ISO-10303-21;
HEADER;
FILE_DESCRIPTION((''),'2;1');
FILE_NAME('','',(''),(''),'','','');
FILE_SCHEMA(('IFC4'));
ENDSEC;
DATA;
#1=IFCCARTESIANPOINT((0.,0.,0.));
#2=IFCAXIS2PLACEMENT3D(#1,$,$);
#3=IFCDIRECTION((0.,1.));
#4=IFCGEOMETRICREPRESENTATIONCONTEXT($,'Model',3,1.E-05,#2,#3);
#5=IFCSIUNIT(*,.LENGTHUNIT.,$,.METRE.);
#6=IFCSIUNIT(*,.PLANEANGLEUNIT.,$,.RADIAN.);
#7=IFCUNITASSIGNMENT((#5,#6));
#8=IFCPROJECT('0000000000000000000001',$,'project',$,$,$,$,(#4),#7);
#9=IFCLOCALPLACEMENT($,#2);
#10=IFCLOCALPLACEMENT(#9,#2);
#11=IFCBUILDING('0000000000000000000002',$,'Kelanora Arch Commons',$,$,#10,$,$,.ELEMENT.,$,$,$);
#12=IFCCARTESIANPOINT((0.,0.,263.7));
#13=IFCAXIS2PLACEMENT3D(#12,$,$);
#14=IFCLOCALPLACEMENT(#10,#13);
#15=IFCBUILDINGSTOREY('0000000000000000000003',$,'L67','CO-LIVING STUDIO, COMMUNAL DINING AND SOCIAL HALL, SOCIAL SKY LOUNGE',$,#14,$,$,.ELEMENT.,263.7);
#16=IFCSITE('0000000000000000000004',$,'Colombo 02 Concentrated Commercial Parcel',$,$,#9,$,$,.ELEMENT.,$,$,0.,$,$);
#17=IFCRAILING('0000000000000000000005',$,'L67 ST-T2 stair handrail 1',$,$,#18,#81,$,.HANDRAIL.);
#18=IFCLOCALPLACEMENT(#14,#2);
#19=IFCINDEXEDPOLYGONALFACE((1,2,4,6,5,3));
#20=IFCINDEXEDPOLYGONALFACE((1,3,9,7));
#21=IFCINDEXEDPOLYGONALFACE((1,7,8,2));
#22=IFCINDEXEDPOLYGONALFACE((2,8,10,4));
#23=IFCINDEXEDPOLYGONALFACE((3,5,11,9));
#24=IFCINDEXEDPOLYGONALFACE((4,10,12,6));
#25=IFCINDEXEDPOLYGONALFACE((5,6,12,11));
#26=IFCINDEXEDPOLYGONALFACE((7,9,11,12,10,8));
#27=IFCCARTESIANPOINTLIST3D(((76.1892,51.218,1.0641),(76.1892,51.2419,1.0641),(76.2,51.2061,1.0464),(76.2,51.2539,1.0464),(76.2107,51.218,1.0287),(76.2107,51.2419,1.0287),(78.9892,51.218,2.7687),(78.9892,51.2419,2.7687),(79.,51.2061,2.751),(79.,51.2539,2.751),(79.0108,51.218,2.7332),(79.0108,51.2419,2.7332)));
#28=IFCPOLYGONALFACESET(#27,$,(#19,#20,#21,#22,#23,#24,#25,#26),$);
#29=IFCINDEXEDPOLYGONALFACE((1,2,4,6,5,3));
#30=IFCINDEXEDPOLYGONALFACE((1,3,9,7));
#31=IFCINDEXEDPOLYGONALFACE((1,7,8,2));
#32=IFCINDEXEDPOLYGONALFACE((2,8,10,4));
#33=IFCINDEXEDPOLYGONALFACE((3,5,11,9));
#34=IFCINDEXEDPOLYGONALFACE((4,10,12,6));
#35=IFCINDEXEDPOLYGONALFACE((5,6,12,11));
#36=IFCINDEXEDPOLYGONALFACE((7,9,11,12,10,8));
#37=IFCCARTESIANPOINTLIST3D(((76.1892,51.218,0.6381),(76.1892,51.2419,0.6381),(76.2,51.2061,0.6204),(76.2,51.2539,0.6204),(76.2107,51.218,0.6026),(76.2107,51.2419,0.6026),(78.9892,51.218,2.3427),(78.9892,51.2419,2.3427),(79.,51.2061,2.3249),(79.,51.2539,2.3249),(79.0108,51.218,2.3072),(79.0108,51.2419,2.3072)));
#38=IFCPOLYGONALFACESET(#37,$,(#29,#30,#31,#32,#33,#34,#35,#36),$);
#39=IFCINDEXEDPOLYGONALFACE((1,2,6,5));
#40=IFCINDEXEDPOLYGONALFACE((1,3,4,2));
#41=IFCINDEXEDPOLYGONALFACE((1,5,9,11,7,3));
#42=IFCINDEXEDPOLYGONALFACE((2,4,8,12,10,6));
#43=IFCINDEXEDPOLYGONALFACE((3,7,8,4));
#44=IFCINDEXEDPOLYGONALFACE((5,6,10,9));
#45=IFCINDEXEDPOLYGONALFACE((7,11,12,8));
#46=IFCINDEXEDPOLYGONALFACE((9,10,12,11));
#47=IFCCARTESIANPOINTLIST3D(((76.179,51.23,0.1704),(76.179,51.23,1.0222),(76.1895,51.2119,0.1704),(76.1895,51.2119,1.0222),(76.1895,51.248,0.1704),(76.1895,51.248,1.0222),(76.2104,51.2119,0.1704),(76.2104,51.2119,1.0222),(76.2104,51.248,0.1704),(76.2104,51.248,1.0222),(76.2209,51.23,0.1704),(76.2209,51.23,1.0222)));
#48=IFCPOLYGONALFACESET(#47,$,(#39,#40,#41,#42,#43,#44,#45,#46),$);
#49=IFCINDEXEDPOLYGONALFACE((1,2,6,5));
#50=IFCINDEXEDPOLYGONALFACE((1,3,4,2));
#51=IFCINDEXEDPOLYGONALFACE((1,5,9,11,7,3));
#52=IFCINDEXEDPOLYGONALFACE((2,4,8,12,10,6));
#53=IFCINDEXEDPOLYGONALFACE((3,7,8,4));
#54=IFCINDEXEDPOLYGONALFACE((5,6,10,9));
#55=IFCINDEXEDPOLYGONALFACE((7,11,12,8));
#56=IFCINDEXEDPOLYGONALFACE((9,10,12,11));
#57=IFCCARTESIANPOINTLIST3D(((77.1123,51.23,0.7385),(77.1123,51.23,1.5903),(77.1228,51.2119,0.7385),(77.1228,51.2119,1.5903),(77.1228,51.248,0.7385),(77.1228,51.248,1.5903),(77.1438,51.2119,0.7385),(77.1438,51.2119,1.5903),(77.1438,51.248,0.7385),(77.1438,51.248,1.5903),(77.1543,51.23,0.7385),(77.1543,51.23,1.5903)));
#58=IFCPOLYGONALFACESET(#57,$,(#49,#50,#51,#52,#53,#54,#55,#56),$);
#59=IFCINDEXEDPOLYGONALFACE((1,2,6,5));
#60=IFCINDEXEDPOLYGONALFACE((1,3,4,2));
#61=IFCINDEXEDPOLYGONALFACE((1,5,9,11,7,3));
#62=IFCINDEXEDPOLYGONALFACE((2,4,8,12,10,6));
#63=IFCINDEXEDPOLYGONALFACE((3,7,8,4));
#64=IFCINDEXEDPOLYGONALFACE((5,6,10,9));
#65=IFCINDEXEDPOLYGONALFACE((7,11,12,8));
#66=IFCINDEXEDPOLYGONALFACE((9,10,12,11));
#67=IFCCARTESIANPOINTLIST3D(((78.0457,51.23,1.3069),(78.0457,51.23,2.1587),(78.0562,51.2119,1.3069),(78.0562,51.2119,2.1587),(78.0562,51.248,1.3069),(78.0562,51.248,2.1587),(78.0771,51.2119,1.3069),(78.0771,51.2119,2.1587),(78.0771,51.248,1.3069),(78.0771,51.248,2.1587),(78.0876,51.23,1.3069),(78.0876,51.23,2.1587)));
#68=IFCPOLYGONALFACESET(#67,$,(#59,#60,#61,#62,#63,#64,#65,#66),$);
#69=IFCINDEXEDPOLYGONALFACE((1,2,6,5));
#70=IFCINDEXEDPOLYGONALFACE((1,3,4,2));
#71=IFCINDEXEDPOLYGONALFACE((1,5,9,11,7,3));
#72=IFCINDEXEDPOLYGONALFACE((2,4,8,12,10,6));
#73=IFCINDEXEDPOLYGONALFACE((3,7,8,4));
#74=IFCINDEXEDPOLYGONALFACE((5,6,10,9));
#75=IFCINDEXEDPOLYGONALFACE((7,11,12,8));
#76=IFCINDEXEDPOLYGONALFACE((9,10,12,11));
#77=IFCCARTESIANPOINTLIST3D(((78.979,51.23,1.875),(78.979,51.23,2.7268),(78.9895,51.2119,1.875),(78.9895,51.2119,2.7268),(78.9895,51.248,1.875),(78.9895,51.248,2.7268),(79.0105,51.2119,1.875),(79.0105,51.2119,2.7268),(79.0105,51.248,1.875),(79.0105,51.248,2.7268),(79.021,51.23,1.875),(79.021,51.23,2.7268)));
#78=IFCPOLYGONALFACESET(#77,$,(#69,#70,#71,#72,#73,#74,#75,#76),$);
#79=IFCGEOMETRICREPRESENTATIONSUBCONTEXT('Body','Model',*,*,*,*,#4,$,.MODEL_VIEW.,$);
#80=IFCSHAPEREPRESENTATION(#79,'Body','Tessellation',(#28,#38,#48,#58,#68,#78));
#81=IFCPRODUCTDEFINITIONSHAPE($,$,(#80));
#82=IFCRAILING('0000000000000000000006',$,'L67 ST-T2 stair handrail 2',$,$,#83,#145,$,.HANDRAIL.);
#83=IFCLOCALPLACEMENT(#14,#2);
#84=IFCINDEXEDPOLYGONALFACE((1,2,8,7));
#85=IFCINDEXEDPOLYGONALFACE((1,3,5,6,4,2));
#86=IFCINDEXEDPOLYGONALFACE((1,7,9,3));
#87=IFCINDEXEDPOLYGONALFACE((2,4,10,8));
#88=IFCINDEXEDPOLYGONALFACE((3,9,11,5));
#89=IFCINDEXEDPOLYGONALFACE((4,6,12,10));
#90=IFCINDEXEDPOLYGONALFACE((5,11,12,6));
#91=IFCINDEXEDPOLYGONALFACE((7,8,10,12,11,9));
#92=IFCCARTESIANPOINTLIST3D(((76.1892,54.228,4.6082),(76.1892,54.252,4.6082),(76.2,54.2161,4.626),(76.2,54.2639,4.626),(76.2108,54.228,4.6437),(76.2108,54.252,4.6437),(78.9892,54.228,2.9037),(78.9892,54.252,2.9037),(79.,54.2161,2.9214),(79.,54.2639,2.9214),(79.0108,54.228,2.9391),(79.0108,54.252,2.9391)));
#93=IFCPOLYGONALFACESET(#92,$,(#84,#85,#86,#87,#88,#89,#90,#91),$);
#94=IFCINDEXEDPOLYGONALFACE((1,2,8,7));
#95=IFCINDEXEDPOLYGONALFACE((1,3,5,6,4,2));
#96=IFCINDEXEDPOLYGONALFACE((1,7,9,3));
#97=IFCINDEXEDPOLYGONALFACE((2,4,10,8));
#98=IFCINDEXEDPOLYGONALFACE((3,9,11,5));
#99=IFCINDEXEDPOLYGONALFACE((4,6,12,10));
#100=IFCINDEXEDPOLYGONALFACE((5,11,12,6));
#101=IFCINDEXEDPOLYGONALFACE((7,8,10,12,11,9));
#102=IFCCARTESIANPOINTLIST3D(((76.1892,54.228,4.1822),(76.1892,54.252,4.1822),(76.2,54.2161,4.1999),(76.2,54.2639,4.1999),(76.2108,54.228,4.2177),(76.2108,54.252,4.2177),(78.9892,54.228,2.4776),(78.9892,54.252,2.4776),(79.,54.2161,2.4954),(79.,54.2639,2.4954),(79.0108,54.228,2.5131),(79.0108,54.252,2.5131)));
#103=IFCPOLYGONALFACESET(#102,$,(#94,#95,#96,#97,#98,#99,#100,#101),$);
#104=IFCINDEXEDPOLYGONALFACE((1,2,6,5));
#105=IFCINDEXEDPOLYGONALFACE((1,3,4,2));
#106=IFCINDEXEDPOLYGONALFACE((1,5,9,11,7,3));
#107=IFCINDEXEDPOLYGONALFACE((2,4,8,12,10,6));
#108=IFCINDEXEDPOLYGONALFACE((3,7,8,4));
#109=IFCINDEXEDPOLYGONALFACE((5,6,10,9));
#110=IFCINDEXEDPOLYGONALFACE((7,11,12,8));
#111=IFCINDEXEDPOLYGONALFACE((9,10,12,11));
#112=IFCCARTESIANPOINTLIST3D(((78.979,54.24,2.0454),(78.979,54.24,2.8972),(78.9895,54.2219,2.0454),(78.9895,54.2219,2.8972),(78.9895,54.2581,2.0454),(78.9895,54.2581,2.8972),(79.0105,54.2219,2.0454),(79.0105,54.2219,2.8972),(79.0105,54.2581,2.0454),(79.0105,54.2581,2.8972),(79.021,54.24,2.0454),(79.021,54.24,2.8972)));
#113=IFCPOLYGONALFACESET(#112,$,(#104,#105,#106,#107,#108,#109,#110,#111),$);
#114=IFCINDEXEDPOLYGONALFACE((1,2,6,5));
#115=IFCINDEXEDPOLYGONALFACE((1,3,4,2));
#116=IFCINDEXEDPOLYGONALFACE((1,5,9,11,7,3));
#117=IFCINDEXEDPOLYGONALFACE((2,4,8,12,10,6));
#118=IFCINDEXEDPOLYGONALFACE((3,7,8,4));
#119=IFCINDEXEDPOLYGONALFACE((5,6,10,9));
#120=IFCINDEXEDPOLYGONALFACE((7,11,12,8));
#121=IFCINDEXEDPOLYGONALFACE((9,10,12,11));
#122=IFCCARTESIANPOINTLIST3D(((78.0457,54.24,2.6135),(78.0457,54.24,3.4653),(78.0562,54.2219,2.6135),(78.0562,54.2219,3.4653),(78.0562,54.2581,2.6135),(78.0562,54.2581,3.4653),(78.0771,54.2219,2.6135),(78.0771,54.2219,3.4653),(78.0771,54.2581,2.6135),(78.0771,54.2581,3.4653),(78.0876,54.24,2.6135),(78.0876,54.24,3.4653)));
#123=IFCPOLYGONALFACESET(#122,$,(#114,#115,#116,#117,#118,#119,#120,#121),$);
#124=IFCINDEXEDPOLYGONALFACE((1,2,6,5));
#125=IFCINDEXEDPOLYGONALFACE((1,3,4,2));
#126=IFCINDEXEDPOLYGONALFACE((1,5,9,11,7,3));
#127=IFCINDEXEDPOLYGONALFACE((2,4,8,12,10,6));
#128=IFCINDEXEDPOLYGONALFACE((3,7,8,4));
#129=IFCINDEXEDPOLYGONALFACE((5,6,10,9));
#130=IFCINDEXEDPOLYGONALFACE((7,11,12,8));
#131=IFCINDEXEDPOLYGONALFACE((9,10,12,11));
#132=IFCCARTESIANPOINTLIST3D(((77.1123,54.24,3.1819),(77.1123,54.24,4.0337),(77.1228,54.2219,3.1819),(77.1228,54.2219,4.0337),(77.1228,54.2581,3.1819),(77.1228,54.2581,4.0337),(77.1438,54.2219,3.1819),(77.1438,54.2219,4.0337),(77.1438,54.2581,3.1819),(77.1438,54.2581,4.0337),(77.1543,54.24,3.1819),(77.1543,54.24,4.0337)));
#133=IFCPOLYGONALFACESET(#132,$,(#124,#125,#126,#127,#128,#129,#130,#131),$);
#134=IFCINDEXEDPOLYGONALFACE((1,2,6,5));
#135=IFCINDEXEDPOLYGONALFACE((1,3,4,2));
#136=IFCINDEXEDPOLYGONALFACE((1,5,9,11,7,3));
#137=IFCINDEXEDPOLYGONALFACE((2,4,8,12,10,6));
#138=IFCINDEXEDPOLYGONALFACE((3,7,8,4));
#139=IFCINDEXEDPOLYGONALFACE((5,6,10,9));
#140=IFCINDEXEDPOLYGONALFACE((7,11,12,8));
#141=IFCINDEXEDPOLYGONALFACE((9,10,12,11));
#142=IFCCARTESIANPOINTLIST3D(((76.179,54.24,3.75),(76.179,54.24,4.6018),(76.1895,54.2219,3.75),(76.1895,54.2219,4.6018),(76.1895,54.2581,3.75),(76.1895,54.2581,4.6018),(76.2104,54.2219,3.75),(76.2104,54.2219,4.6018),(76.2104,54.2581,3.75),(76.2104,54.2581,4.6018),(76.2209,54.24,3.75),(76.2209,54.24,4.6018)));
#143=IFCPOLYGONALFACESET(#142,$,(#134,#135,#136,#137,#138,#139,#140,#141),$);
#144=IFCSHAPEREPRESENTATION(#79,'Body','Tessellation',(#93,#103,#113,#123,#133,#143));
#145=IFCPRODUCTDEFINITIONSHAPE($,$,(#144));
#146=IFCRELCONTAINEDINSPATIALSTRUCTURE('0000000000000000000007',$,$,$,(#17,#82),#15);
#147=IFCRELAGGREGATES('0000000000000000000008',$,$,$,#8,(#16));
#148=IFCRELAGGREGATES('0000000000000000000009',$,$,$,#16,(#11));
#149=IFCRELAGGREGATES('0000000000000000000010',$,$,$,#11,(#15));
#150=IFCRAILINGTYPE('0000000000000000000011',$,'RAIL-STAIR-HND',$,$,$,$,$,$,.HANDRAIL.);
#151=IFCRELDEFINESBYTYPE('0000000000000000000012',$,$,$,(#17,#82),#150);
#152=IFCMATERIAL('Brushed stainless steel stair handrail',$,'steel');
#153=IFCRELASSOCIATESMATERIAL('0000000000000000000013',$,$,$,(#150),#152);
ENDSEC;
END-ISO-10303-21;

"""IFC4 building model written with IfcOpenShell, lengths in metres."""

from ifc_helpers import new_model, si_unit, direction, frame, origin, place, context, subcontext, project, spatial, polyline, outline, extrude, material, type_object, element, save


model = new_model("IFC4")

# Units and contexts
model_context = context("Model", 3, precision=1e-05, world=origin(), true_north=direction((0.0, 1.0)))
body_context = subcontext(model_context, "Body", "Model", "MODEL_VIEW")
ifc_project = project(units=[si_unit("LENGTHUNIT", "METRE"), si_unit("PLANEANGLEUNIT", "RADIAN")], contexts=[model_context])

# Site, building, storey
site_placement = place(None, origin())
site = spatial("IfcSite", under=ifc_project, at=site_placement, Name="Colombo 02 Concentrated Commercial Parcel", CompositionType="ELEMENT", RefElevation=0.0)
building_placement = place(site_placement, origin())
building = spatial("IfcBuilding", under=site, at=building_placement, Name="Kelanora Arch Commons", CompositionType="ELEMENT")
storey_placement = place(building_placement, frame((0.0, 0.0, 263.7)))
storey = spatial("IfcBuildingStorey", under=building, at=storey_placement, Name="L67", Description="CO-LIVING STUDIO, COMMUNAL DINING AND SOCIAL HALL, SOCIAL SKY LOUNGE", CompositionType="ELEMENT", Elevation=263.7)

# Railings
ifc_material_1 = material(Name="Brushed stainless steel stair handrail", Category="steel")
railing_type_1 = type_object("IfcRailingType", Name="RAIL-STAIR-HND", PredefinedType="HANDRAIL", material=ifc_material_1)
railing_1_placement = place(storey_placement, frame((76.2, 51.23, 0.1704)))
element("IfcRailing", 1, at=railing_1_placement, inside=storey, type_object=railing_type_1, Name="L67 ST-T2 stair handrail 1", PredefinedType="HANDRAIL", context=body_context, shape_type="SweptSolid", body=[
    extrude(outline(polyline([(0.0239, 0.0), (0.012, 0.0208), (-0.012, 0.0208), (-0.0239, 0.0), (-0.012, -0.0208), (0.012, -0.0208), (0.0239, 0.0)])), frame((0.0, 0.0, 0.876), z_axis=(0.85417, 0.0, 0.519994), x_axis=(0.0, 1.0, 0.0)), (0.0, 0.0, 1.0), 3.2781),
    extrude(outline(polyline([(0.0239, 0.0), (0.012, 0.0208), (-0.012, 0.0208), (-0.0239, 0.0), (-0.012, -0.0208), (0.012, -0.0208), (0.0239, 0.0)])), frame((0.0, 0.0, 0.45), z_axis=(0.85417, 0.0, 0.519994), x_axis=(0.0, 1.0, 0.0)), (0.0, 0.0, 1.0), 3.2781),
    extrude(outline(polyline([(0.021, 0.0), (0.0105, 0.0181), (-0.0105, 0.0181), (-0.021, 0.0), (-0.0105, -0.0181), (0.0105, -0.0181), (0.021, 0.0)])), origin(), (0.0, 0.0, 1.0), 0.8518),
    extrude(outline(polyline([(0.021, 0.0), (0.0105, 0.0181), (-0.0105, 0.0181), (-0.021, 0.0), (-0.0105, -0.0181), (0.0105, -0.0181), (0.021, 0.0)])), frame((0.9333, 0.0, 0.5681)), (0.0, 0.0, 1.0), 0.8518),
    extrude(outline(polyline([(0.021, 0.0), (0.0105, 0.0181), (-0.0105, 0.0181), (-0.021, 0.0), (-0.0105, -0.0181), (0.0105, -0.0181), (0.021, 0.0)])), frame((1.8667, 0.0, 1.1365)), (0.0, 0.0, 1.0), 0.8518),
    extrude(outline(polyline([(0.021, 0.0), (0.0105, 0.0181), (-0.0105, 0.0181), (-0.021, 0.0), (-0.0105, -0.0181), (0.0105, -0.0181), (0.021, 0.0)])), frame((2.8, 0.0, 1.7046)), (0.0, 0.0, 1.0), 0.8518),
])
railing_2_placement = place(storey_placement, frame((79.0, 54.24, 2.0454)))
element("IfcRailing", 2, at=railing_2_placement, inside=storey, type_object=railing_type_1, Name="L67 ST-T2 stair handrail 2", PredefinedType="HANDRAIL", context=body_context, shape_type="SweptSolid", body=[
    extrude(outline(polyline([(0.0239, 0.0), (0.012, 0.0208), (-0.012, 0.0208), (-0.0239, 0.0), (-0.012, -0.0208), (0.012, -0.0208), (0.0239, 0.0)])), frame((0.0, 0.0, 0.876), z_axis=(-0.85417, 0.0, 0.519994), x_axis=(0.0, -1.0, 0.0)), (0.0, 0.0, 1.0), 3.2781),
    extrude(outline(polyline([(0.0239, 0.0), (0.012, 0.0208), (-0.012, 0.0208), (-0.0239, 0.0), (-0.012, -0.0208), (0.012, -0.0208), (0.0239, 0.0)])), frame((0.0, 0.0, 0.45), z_axis=(-0.85417, 0.0, 0.519994), x_axis=(0.0, -1.0, 0.0)), (0.0, 0.0, 1.0), 3.2781),
    extrude(outline(polyline([(0.021, 0.0), (0.0105, 0.0181), (-0.0105, 0.0181), (-0.021, 0.0), (-0.0105, -0.0181), (0.0105, -0.0181), (0.021, 0.0)])), origin(), (0.0, 0.0, 1.0), 0.8518),
    extrude(outline(polyline([(0.021, 0.0), (0.0105, 0.0181), (-0.0105, 0.0181), (-0.021, 0.0), (-0.0105, -0.0181), (0.0105, -0.0181), (0.021, 0.0)])), frame((-0.9333, 0.0, 0.5681)), (0.0, 0.0, 1.0), 0.8518),
    extrude(outline(polyline([(0.021, 0.0), (0.0105, 0.0181), (-0.0105, 0.0181), (-0.021, 0.0), (-0.0105, -0.0181), (0.0105, -0.0181), (0.021, 0.0)])), frame((-1.8667, 0.0, 1.1365)), (0.0, 0.0, 1.0), 0.8518),
    extrude(outline(polyline([(0.021, 0.0), (0.0105, 0.0181), (-0.0105, 0.0181), (-0.021, 0.0), (-0.0105, -0.0181), (0.0105, -0.0181), (0.021, 0.0)])), frame((-2.8, 0.0, 1.7046)), (0.0, 0.0, 1.0), 0.8518),
])

save(model, "model.ifc")
